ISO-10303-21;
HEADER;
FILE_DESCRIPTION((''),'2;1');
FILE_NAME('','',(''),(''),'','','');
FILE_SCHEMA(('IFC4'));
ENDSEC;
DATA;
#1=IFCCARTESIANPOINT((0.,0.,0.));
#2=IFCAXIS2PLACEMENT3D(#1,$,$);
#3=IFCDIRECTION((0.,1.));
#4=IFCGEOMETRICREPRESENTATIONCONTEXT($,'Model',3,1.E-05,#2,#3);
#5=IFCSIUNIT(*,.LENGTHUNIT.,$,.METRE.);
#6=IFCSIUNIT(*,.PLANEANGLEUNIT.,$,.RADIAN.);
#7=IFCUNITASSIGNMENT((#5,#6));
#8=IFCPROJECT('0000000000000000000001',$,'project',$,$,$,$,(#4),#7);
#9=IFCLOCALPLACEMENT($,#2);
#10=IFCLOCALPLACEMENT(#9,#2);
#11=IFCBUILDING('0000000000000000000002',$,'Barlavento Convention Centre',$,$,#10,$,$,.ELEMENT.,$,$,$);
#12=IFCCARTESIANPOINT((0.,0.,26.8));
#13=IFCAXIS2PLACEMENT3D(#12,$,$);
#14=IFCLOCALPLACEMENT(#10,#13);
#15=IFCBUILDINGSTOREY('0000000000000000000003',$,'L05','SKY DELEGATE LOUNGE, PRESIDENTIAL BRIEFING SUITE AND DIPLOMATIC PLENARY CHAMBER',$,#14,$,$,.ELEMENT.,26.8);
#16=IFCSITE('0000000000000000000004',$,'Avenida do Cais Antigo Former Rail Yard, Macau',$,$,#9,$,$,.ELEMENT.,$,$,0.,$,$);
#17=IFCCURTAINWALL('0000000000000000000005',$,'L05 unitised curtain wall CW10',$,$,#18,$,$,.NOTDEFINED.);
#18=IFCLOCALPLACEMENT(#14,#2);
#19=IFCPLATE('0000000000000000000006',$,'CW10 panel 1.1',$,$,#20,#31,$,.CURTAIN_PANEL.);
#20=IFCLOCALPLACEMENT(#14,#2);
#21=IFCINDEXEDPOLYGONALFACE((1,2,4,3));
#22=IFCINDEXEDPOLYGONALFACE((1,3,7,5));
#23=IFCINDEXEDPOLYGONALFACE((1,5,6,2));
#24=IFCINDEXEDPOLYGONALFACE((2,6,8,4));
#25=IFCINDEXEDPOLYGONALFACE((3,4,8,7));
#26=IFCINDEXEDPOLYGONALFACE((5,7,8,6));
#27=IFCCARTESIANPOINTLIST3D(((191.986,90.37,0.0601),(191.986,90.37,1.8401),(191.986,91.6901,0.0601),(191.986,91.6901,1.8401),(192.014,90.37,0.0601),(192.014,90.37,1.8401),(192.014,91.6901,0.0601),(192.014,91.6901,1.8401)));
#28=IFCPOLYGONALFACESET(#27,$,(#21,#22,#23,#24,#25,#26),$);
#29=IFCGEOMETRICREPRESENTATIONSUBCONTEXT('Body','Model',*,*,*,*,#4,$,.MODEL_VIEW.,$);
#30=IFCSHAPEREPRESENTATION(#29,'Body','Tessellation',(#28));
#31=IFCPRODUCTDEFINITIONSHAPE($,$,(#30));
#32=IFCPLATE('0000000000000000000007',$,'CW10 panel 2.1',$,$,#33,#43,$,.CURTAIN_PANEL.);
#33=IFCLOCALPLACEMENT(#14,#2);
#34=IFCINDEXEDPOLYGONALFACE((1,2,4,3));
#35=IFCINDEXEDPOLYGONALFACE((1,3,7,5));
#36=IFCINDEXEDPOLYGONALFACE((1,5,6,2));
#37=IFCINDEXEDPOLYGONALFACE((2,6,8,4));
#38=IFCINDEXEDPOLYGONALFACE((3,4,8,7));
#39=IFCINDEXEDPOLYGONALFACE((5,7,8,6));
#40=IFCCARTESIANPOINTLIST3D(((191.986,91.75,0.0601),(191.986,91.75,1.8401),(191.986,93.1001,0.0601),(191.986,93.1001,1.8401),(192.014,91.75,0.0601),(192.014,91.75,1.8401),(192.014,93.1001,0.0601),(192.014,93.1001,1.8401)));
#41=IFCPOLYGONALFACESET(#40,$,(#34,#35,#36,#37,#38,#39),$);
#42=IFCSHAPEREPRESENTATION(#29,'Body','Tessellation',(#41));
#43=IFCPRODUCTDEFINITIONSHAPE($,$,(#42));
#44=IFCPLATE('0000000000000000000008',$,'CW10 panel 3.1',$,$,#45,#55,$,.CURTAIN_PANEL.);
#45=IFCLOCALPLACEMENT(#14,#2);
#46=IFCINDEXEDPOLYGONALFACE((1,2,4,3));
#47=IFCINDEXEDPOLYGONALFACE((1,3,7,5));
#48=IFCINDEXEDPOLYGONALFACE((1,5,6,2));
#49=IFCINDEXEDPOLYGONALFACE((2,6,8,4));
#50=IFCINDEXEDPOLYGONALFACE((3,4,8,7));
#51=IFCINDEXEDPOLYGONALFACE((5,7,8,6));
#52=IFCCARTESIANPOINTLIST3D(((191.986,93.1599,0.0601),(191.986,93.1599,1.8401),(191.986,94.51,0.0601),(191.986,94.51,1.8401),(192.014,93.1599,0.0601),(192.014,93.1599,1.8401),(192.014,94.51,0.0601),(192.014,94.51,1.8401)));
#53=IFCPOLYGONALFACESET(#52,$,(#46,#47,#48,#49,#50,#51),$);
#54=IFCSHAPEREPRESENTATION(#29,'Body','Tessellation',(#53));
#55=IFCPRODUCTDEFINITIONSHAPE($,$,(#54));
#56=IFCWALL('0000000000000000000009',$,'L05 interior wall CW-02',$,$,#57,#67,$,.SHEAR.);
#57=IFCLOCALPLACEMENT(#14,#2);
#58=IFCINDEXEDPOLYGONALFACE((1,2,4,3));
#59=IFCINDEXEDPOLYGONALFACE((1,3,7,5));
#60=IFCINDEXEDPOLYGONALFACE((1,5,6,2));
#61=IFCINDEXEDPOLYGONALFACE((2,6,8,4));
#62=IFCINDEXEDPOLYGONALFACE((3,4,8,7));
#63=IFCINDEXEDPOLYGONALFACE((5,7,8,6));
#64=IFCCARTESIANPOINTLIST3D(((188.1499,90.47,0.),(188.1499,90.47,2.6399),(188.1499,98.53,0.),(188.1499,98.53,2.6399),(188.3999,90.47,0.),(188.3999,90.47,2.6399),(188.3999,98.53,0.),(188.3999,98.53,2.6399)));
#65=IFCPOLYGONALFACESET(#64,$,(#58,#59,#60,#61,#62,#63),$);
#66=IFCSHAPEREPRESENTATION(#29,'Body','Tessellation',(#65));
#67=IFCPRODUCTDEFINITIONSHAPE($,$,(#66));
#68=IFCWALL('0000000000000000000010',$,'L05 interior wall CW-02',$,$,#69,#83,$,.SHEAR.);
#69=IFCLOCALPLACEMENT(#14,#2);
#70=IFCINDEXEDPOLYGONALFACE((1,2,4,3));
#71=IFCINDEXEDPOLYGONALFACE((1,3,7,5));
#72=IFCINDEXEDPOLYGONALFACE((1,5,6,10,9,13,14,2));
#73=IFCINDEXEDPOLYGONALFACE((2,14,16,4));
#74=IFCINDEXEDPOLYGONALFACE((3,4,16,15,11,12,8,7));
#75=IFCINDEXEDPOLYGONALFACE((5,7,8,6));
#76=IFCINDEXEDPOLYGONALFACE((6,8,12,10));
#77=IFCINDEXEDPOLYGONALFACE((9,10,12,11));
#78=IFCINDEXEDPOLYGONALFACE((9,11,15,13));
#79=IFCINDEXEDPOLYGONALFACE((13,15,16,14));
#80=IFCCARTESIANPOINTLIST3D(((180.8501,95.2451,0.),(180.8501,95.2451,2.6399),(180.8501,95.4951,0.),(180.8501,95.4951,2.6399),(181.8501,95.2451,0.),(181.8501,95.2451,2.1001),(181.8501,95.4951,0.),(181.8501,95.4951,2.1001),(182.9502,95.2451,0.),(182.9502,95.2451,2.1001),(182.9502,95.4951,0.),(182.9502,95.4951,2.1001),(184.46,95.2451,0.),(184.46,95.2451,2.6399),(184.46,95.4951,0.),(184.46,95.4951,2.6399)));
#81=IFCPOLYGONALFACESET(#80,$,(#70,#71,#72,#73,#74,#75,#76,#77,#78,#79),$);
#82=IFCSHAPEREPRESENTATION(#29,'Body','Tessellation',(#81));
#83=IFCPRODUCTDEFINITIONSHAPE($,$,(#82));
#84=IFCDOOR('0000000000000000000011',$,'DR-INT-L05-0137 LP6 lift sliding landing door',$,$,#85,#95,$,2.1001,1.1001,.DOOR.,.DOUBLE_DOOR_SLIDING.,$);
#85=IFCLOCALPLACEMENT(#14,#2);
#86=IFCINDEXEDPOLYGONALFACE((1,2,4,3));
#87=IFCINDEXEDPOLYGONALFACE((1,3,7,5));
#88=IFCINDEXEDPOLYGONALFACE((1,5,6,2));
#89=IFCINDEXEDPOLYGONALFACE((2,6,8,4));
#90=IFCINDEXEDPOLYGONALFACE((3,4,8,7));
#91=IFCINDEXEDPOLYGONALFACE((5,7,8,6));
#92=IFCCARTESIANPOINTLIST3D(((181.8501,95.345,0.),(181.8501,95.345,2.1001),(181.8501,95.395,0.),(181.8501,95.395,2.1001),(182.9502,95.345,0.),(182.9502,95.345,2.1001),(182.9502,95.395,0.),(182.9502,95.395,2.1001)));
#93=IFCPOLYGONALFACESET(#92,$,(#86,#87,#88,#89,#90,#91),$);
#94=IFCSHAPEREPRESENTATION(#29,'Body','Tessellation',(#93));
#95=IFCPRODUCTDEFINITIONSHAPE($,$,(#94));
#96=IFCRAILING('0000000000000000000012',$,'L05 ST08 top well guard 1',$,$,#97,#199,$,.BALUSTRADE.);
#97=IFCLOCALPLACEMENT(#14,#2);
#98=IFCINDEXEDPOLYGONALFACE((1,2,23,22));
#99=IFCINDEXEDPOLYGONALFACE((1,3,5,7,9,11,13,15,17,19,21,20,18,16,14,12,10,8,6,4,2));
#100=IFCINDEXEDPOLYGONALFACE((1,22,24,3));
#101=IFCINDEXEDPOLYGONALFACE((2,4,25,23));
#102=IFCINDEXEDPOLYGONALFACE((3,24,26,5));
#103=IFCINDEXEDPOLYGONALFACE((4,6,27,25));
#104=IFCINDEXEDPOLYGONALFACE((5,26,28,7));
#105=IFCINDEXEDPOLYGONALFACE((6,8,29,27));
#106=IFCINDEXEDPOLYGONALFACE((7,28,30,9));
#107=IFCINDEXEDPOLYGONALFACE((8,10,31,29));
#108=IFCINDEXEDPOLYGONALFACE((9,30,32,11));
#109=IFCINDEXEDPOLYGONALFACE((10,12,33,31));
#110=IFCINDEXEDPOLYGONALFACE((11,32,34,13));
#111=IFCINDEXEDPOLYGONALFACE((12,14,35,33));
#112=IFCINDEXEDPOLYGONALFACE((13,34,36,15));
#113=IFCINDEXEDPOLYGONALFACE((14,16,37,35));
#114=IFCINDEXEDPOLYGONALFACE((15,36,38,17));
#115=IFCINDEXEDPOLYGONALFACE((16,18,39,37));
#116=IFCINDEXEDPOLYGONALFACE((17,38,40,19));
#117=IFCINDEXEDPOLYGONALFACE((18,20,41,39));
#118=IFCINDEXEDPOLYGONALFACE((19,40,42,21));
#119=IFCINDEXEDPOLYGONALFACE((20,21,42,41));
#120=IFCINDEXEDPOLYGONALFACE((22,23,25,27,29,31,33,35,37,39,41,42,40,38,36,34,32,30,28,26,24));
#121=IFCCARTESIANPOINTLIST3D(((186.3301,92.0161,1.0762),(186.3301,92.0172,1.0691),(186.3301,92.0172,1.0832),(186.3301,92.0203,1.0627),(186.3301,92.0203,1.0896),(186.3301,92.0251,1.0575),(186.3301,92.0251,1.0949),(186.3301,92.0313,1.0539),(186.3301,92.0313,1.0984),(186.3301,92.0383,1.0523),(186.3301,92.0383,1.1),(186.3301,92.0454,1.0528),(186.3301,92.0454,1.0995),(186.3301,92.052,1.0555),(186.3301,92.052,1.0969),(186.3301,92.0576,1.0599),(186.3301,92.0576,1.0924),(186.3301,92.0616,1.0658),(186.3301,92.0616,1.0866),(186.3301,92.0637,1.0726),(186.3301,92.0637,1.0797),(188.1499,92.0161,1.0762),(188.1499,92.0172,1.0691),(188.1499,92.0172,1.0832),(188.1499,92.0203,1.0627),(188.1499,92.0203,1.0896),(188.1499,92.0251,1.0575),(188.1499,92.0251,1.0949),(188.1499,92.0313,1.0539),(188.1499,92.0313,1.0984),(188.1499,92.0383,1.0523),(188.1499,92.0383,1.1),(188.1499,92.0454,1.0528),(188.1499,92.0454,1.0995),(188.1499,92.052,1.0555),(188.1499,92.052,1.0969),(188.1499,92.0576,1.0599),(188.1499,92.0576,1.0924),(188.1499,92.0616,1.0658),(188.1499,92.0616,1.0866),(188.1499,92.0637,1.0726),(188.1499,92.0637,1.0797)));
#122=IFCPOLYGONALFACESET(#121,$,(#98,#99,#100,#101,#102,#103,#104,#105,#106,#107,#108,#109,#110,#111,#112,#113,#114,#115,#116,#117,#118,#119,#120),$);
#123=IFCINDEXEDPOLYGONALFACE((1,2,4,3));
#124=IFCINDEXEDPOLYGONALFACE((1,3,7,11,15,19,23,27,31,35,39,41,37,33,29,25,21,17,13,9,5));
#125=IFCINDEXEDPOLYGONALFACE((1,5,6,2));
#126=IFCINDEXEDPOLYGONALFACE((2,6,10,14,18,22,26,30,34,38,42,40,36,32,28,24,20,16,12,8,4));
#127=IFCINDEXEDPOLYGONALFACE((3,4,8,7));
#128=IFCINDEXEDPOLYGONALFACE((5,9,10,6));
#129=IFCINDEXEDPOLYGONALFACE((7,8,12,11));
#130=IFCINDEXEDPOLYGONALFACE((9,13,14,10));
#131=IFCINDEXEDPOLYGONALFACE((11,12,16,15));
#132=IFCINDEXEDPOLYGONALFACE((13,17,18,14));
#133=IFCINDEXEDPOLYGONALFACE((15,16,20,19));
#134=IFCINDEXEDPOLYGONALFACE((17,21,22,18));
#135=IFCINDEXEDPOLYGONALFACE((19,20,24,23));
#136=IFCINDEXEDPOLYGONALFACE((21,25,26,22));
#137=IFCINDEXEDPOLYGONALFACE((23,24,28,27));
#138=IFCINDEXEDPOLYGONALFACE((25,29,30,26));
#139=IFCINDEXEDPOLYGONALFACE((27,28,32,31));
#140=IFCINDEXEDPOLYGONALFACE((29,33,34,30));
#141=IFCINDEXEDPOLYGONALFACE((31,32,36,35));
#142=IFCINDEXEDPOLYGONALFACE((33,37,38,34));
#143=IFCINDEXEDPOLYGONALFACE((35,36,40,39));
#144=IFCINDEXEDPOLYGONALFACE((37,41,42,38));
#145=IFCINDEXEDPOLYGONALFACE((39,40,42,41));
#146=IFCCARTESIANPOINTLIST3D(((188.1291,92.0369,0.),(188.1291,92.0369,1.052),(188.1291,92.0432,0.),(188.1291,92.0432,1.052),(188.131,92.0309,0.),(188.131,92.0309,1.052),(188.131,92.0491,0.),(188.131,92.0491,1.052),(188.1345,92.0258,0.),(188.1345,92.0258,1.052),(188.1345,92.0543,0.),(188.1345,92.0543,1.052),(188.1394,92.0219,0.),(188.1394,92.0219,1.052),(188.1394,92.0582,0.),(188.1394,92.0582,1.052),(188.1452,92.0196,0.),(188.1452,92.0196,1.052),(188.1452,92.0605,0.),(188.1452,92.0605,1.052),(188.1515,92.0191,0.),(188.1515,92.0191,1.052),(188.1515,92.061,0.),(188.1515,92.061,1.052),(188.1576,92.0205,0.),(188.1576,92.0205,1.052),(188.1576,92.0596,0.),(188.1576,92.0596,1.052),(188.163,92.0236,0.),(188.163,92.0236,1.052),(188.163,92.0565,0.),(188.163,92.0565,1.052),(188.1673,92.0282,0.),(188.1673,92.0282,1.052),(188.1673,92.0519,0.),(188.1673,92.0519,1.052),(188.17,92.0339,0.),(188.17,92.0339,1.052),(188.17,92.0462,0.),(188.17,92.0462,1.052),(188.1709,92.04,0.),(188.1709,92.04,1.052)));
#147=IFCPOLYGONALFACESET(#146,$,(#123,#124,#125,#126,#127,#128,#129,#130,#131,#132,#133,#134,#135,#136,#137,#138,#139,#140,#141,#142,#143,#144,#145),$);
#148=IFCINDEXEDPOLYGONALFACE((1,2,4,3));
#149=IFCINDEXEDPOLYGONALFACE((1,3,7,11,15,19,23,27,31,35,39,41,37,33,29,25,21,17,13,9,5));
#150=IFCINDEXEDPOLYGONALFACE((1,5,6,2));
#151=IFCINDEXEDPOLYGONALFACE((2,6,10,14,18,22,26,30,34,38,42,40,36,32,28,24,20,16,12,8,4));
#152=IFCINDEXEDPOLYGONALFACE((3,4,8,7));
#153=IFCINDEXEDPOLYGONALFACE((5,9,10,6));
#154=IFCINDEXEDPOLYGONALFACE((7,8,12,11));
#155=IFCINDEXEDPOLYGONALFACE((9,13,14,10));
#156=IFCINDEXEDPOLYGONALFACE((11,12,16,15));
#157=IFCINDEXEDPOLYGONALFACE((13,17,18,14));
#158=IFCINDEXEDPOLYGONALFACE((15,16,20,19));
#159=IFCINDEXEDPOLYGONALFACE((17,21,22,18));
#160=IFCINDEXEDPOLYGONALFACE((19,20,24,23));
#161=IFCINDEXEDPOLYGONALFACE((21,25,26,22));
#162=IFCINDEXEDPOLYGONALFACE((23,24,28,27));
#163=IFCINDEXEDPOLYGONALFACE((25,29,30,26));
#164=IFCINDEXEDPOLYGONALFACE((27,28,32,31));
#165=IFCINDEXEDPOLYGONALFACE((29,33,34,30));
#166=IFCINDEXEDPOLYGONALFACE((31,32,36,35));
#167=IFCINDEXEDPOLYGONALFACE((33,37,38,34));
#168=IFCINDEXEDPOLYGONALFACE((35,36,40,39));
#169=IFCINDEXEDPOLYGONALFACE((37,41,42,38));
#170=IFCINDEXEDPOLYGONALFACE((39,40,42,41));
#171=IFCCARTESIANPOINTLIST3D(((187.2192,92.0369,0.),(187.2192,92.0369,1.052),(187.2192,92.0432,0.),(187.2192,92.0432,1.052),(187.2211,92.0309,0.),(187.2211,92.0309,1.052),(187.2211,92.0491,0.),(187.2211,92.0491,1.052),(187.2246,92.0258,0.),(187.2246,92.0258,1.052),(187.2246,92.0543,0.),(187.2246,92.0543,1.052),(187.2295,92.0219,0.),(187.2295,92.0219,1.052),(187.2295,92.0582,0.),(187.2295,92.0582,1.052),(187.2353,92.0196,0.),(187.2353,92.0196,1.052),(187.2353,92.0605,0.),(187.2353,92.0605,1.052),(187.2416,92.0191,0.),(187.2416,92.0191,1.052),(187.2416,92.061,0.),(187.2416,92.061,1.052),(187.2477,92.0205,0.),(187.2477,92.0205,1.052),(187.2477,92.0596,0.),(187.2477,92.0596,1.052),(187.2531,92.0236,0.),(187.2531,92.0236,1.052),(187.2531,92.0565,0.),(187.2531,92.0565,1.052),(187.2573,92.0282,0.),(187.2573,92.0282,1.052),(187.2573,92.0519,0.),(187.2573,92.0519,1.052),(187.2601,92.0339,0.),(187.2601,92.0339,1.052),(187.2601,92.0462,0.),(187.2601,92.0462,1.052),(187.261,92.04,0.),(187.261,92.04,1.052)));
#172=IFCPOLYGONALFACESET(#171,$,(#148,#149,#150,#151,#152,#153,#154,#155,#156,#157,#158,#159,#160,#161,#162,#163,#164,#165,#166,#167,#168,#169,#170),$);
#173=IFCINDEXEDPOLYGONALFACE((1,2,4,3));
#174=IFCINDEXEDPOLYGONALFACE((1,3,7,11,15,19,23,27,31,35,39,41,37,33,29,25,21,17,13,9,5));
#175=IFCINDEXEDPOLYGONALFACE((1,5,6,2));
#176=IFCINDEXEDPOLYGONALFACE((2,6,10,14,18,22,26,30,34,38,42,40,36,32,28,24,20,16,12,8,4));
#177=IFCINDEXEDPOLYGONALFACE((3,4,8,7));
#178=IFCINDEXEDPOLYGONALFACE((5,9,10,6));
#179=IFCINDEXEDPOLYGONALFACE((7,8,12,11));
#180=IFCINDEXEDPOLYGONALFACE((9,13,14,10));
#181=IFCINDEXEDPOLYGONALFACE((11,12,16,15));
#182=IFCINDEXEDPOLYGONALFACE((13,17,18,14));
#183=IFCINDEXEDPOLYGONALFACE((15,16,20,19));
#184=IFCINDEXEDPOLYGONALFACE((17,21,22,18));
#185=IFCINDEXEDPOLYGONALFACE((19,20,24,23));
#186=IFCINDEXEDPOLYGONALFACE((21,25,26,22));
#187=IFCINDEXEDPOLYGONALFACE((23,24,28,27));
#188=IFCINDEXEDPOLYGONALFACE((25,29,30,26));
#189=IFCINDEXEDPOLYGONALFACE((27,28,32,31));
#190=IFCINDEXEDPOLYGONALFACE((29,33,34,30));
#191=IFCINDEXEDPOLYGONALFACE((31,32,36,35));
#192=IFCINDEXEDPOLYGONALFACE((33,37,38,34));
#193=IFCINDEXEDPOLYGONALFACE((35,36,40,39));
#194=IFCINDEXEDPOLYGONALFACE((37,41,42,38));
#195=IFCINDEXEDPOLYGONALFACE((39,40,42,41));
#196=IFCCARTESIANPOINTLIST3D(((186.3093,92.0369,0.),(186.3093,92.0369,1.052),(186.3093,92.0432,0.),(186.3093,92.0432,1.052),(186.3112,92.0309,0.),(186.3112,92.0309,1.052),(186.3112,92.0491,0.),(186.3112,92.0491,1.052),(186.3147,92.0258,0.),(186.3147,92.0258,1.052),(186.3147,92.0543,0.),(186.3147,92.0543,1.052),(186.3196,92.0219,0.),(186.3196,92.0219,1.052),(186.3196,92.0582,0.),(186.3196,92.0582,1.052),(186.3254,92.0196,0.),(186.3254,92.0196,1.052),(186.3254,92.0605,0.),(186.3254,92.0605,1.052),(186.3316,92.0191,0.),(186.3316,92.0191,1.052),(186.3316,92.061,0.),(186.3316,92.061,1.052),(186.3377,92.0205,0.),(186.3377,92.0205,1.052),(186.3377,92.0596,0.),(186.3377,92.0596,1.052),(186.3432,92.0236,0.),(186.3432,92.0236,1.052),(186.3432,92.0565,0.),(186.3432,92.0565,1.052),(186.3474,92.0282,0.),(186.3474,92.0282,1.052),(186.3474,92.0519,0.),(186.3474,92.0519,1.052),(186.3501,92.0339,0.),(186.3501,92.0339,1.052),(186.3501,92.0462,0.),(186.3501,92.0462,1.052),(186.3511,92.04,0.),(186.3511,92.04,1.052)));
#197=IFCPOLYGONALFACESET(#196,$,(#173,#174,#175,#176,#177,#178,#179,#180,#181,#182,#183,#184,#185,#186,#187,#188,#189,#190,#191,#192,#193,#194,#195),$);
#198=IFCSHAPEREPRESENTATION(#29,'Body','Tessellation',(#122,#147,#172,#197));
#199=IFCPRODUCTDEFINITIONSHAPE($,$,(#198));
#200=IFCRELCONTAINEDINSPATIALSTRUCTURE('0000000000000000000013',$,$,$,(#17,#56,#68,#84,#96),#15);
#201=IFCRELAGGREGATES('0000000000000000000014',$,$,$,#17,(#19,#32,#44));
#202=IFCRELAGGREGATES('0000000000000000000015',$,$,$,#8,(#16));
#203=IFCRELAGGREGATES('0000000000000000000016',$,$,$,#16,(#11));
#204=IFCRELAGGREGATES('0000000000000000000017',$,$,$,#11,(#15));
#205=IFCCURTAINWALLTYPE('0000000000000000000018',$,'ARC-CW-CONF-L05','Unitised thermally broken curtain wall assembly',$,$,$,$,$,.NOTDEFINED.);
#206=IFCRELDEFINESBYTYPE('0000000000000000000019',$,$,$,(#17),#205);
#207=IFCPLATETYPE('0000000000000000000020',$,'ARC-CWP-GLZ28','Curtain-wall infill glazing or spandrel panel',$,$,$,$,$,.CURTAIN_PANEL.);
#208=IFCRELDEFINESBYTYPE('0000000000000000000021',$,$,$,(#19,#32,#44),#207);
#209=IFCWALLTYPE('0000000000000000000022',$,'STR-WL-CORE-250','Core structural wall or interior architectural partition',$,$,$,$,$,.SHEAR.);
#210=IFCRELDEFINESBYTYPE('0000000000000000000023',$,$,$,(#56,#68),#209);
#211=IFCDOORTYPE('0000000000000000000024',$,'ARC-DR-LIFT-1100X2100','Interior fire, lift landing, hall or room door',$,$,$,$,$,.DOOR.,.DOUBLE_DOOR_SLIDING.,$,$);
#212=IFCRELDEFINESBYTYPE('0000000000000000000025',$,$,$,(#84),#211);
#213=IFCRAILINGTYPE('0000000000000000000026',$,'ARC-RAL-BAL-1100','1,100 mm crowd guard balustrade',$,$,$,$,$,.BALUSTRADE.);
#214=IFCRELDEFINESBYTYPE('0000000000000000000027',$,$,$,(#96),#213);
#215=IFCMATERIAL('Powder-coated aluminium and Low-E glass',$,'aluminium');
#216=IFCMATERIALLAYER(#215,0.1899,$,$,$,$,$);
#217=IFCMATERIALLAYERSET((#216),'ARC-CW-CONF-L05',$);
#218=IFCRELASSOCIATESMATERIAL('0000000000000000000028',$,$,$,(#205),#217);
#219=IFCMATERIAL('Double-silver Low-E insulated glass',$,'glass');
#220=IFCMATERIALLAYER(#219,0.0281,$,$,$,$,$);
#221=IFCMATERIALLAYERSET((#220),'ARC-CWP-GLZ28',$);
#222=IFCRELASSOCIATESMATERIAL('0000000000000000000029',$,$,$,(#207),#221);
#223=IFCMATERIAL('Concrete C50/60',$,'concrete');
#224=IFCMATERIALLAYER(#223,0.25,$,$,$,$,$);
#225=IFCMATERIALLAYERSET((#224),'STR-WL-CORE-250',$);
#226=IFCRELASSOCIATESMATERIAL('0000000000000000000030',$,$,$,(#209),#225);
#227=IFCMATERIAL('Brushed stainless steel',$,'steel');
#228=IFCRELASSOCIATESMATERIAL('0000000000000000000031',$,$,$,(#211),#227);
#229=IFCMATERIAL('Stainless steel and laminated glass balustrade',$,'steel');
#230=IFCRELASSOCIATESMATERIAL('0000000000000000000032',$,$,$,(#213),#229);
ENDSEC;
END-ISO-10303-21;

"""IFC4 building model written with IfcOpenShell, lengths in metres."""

from ifc_helpers import new_model, si_unit, direction, frame, frame_2d, origin, origin_2d, place, context, subcontext, project, spatial, rectangle, circle, extrude, material, layer, layer_set, type_object, element, fill, aggregate, save


model = new_model("IFC4")

# Units and contexts
model_context = context("Model", 3, precision=1e-05, world=origin(), true_north=direction((0.0, 1.0)))
body_context = subcontext(model_context, "Body", "Model", "MODEL_VIEW")
ifc_project = project(units=[si_unit("LENGTHUNIT", "METRE"), si_unit("PLANEANGLEUNIT", "RADIAN")], contexts=[model_context])

# Site, building, storey
site_placement = place(None, origin())
site = spatial("IfcSite", under=ifc_project, at=site_placement, Name="Avenida do Cais Antigo Former Rail Yard, Macau", CompositionType="ELEMENT", RefElevation=0.0)
building_placement = place(site_placement, origin())
building = spatial("IfcBuilding", under=site, at=building_placement, Name="Barlavento Convention Centre", CompositionType="ELEMENT")
storey_placement = place(building_placement, frame((0.0, 0.0, 26.8)))
storey = spatial("IfcBuildingStorey", under=building, at=storey_placement, Name="L05", Description="SKY DELEGATE LOUNGE, PRESIDENTIAL BRIEFING SUITE AND DIPLOMATIC PLENARY CHAMBER", CompositionType="ELEMENT", Elevation=26.8)

# Curtain wall, plates
ifc_material_1 = material(Name="Powder-coated aluminium and Low-E glass", Category="aluminium")
ifc_layer_1 = layer(ifc_material_1, 0.1899)
ifc_layer_set_1 = layer_set([ifc_layer_1], Name="ARC-CW-CONF-L05")
curtain_wall_type = type_object("IfcCurtainWallType", Name="ARC-CW-CONF-L05", Description="Unitised thermally broken curtain wall assembly", PredefinedType="NOTDEFINED", material=ifc_layer_set_1)
curtain_wall_placement = place(storey_placement, origin())
curtain_wall = element("IfcCurtainWall", 1, at=curtain_wall_placement, inside=storey, type_object=curtain_wall_type, Name="L05 unitised curtain wall CW10", PredefinedType="NOTDEFINED")
ifc_material_2 = material(Name="Double-silver Low-E insulated glass", Category="glass")
ifc_layer_2 = layer(ifc_material_2, 0.0281)
ifc_layer_set_2 = layer_set([ifc_layer_2], Name="ARC-CWP-GLZ28")
plate_type = type_object("IfcPlateType", Name="ARC-CWP-GLZ28", Description="Curtain-wall infill glazing or spandrel panel", PredefinedType="CURTAIN_PANEL", material=ifc_layer_set_2)
plate_1_placement = place(storey_placement, frame((192.0, 91.03, 0.0601), z_axis=(0.0, 0.0, 1.0), x_axis=(0.0, 1.0, 0.0)))
plate_1 = element("IfcPlate", 2, at=plate_1_placement, type_object=plate_type, Name="CW10 panel 1.1", PredefinedType="CURTAIN_PANEL", context=body_context, shape_type="SweptSolid", body=[
    extrude(rectangle(XDim=1.3201, YDim=0.0281, at=origin_2d()), origin(), (0.0, 0.0, 1.0), 1.78),
])
plate_2_placement = place(storey_placement, frame((192.0, 92.425, 0.0601), z_axis=(0.0, 0.0, 1.0), x_axis=(0.0, 1.0, 0.0)))
plate_2 = element("IfcPlate", 3, at=plate_2_placement, type_object=plate_type, Name="CW10 panel 2.1", PredefinedType="CURTAIN_PANEL", context=body_context, shape_type="SweptSolid", body=[
    extrude(rectangle(XDim=1.3501, YDim=0.0281, at=origin_2d()), origin(), (0.0, 0.0, 1.0), 1.78),
])
plate_3_placement = place(storey_placement, frame((192.0, 93.835, 0.0601), z_axis=(0.0, 0.0, 1.0), x_axis=(0.0, 1.0, 0.0)))
plate_3 = element("IfcPlate", 4, at=plate_3_placement, type_object=plate_type, Name="CW10 panel 3.1", PredefinedType="CURTAIN_PANEL", context=body_context, shape_type="SweptSolid", body=[
    extrude(rectangle(XDim=1.3501, YDim=0.0281, at=origin_2d()), origin(), (0.0, 0.0, 1.0), 1.78),
])
aggregate(curtain_wall, [plate_1, plate_2, plate_3])

# Wall
ifc_material_3 = material(Name="Concrete C50/60", Category="concrete")
ifc_layer_3 = layer(ifc_material_3, 0.25)
ifc_layer_set_3 = layer_set([ifc_layer_3], Name="STR-WL-CORE-250")
wall_type = type_object("IfcWallType", Name="STR-WL-CORE-250", Description="Core structural wall or interior architectural partition", PredefinedType="SHEAR", material=ifc_layer_set_3)
wall_1_placement = place(storey_placement, frame((188.2749, 90.47, 0.0), z_axis=(0.0, 0.0, 1.0), x_axis=(0.0, 1.0, 0.0)))
element("IfcWall", 5, at=wall_1_placement, inside=storey, type_object=wall_type, Name="L05 interior wall CW-02", PredefinedType="SHEAR", context=body_context, shape_type="SweptSolid", body=[
    extrude(rectangle(XDim=8.0601, YDim=0.25, at=frame_2d((4.03, 0.0))), origin(), (0.0, 0.0, 1.0), 2.6399),
])

# Wall, opening, door
wall_2_placement = place(storey_placement, frame((180.8501, 95.3701, 0.0), z_axis=(0.0, 0.0, 1.0), x_axis=(1.0, 0.0, 0.0)))
wall_2 = element("IfcWall", 6, at=wall_2_placement, inside=storey, type_object=wall_type, Name="L05 interior wall CW-02", PredefinedType="SHEAR", context=body_context, shape_type="SweptSolid", body=[
    extrude(rectangle(XDim=3.6099, YDim=0.25, at=frame_2d((1.8049, 0.0))), origin(), (0.0, 0.0, 1.0), 2.6399),
])
opening_1_placement = place(wall_2_placement, frame((1.0, 0.0, 0.0)))
opening_1 = element("IfcOpeningElement", 7, at=opening_1_placement, cuts=wall_2, PredefinedType="OPENING", context=body_context, shape_type="SweptSolid", body=[
    extrude(rectangle(XDim=1.1001, YDim=2.1001, at=frame_2d((0.55, 1.05))), frame((0.0, 0.135, 0.0), z_axis=(0.0, -1.0, 0.0), x_axis=(1.0, 0.0, 0.0)), (0.0, 0.0, 1.0), 0.27),
])
ifc_material_4 = material(Name="Brushed stainless steel", Category="steel")
door_type_1 = type_object("IfcDoorType", Name="ARC-DR-LIFT-1100X2100", Description="Interior fire, lift landing, hall or room door", OperationType="DOUBLE_DOOR_SLIDING", PredefinedType="DOOR", material=ifc_material_4)
door_1_placement = place(opening_1_placement, origin())
door_1 = element("IfcDoor", 8, at=door_1_placement, inside=storey, type_object=door_type_1, Name="DR-INT-L05-0137 LP6 lift sliding landing door", OperationType="DOUBLE_DOOR_SLIDING", OverallHeight=2.1001, OverallWidth=1.1001, PredefinedType="DOOR", context=body_context, shape_type="SweptSolid", body=[
    extrude(rectangle(XDim=1.1001, YDim=2.1001, at=frame_2d((0.55, 1.05))), frame((0.0, 0.0249, 0.0), z_axis=(0.0, -1.0, 0.0), x_axis=(1.0, 0.0, 0.0)), (0.0, 0.0, 1.0), 0.05),
])
fill(opening_1, door_1)

# Railing
ifc_material_5 = material(Name="Stainless steel and laminated glass balustrade", Category="steel")
railing_type = type_object("IfcRailingType", Name="ARC-RAL-BAL-1100", Description="1,100 mm crowd guard balustrade", PredefinedType="BALUSTRADE", material=ifc_material_5)
railing_1_placement = place(storey_placement, frame((188.1499, 92.04, 0.0)))
element("IfcRailing", 9, at=railing_1_placement, inside=storey, type_object=railing_type, Name="L05 ST08 top well guard 1", PredefinedType="BALUSTRADE", context=body_context, shape_type="SweptSolid", body=[
    extrude(circle(Radius=0.0239, at=origin_2d()), frame((0.0, 0.0, 1.0762), z_axis=(-1.0, 0.0, 0.0), x_axis=(0.0, -1.0, 0.0)), (0.0, 0.0, 1.0), 1.8198),
    extrude(circle(Radius=0.021, at=origin_2d()), origin(), (0.0, 0.0, 1.0), 1.052),
    extrude(circle(Radius=0.021, at=origin_2d()), frame((-0.9099, 0.0, 0.0)), (0.0, 0.0, 1.0), 1.052),
    extrude(circle(Radius=0.021, at=origin_2d()), frame((-1.8198, 0.0, 0.0)), (0.0, 0.0, 1.0), 1.052),
])

save(model, "model.ifc")
